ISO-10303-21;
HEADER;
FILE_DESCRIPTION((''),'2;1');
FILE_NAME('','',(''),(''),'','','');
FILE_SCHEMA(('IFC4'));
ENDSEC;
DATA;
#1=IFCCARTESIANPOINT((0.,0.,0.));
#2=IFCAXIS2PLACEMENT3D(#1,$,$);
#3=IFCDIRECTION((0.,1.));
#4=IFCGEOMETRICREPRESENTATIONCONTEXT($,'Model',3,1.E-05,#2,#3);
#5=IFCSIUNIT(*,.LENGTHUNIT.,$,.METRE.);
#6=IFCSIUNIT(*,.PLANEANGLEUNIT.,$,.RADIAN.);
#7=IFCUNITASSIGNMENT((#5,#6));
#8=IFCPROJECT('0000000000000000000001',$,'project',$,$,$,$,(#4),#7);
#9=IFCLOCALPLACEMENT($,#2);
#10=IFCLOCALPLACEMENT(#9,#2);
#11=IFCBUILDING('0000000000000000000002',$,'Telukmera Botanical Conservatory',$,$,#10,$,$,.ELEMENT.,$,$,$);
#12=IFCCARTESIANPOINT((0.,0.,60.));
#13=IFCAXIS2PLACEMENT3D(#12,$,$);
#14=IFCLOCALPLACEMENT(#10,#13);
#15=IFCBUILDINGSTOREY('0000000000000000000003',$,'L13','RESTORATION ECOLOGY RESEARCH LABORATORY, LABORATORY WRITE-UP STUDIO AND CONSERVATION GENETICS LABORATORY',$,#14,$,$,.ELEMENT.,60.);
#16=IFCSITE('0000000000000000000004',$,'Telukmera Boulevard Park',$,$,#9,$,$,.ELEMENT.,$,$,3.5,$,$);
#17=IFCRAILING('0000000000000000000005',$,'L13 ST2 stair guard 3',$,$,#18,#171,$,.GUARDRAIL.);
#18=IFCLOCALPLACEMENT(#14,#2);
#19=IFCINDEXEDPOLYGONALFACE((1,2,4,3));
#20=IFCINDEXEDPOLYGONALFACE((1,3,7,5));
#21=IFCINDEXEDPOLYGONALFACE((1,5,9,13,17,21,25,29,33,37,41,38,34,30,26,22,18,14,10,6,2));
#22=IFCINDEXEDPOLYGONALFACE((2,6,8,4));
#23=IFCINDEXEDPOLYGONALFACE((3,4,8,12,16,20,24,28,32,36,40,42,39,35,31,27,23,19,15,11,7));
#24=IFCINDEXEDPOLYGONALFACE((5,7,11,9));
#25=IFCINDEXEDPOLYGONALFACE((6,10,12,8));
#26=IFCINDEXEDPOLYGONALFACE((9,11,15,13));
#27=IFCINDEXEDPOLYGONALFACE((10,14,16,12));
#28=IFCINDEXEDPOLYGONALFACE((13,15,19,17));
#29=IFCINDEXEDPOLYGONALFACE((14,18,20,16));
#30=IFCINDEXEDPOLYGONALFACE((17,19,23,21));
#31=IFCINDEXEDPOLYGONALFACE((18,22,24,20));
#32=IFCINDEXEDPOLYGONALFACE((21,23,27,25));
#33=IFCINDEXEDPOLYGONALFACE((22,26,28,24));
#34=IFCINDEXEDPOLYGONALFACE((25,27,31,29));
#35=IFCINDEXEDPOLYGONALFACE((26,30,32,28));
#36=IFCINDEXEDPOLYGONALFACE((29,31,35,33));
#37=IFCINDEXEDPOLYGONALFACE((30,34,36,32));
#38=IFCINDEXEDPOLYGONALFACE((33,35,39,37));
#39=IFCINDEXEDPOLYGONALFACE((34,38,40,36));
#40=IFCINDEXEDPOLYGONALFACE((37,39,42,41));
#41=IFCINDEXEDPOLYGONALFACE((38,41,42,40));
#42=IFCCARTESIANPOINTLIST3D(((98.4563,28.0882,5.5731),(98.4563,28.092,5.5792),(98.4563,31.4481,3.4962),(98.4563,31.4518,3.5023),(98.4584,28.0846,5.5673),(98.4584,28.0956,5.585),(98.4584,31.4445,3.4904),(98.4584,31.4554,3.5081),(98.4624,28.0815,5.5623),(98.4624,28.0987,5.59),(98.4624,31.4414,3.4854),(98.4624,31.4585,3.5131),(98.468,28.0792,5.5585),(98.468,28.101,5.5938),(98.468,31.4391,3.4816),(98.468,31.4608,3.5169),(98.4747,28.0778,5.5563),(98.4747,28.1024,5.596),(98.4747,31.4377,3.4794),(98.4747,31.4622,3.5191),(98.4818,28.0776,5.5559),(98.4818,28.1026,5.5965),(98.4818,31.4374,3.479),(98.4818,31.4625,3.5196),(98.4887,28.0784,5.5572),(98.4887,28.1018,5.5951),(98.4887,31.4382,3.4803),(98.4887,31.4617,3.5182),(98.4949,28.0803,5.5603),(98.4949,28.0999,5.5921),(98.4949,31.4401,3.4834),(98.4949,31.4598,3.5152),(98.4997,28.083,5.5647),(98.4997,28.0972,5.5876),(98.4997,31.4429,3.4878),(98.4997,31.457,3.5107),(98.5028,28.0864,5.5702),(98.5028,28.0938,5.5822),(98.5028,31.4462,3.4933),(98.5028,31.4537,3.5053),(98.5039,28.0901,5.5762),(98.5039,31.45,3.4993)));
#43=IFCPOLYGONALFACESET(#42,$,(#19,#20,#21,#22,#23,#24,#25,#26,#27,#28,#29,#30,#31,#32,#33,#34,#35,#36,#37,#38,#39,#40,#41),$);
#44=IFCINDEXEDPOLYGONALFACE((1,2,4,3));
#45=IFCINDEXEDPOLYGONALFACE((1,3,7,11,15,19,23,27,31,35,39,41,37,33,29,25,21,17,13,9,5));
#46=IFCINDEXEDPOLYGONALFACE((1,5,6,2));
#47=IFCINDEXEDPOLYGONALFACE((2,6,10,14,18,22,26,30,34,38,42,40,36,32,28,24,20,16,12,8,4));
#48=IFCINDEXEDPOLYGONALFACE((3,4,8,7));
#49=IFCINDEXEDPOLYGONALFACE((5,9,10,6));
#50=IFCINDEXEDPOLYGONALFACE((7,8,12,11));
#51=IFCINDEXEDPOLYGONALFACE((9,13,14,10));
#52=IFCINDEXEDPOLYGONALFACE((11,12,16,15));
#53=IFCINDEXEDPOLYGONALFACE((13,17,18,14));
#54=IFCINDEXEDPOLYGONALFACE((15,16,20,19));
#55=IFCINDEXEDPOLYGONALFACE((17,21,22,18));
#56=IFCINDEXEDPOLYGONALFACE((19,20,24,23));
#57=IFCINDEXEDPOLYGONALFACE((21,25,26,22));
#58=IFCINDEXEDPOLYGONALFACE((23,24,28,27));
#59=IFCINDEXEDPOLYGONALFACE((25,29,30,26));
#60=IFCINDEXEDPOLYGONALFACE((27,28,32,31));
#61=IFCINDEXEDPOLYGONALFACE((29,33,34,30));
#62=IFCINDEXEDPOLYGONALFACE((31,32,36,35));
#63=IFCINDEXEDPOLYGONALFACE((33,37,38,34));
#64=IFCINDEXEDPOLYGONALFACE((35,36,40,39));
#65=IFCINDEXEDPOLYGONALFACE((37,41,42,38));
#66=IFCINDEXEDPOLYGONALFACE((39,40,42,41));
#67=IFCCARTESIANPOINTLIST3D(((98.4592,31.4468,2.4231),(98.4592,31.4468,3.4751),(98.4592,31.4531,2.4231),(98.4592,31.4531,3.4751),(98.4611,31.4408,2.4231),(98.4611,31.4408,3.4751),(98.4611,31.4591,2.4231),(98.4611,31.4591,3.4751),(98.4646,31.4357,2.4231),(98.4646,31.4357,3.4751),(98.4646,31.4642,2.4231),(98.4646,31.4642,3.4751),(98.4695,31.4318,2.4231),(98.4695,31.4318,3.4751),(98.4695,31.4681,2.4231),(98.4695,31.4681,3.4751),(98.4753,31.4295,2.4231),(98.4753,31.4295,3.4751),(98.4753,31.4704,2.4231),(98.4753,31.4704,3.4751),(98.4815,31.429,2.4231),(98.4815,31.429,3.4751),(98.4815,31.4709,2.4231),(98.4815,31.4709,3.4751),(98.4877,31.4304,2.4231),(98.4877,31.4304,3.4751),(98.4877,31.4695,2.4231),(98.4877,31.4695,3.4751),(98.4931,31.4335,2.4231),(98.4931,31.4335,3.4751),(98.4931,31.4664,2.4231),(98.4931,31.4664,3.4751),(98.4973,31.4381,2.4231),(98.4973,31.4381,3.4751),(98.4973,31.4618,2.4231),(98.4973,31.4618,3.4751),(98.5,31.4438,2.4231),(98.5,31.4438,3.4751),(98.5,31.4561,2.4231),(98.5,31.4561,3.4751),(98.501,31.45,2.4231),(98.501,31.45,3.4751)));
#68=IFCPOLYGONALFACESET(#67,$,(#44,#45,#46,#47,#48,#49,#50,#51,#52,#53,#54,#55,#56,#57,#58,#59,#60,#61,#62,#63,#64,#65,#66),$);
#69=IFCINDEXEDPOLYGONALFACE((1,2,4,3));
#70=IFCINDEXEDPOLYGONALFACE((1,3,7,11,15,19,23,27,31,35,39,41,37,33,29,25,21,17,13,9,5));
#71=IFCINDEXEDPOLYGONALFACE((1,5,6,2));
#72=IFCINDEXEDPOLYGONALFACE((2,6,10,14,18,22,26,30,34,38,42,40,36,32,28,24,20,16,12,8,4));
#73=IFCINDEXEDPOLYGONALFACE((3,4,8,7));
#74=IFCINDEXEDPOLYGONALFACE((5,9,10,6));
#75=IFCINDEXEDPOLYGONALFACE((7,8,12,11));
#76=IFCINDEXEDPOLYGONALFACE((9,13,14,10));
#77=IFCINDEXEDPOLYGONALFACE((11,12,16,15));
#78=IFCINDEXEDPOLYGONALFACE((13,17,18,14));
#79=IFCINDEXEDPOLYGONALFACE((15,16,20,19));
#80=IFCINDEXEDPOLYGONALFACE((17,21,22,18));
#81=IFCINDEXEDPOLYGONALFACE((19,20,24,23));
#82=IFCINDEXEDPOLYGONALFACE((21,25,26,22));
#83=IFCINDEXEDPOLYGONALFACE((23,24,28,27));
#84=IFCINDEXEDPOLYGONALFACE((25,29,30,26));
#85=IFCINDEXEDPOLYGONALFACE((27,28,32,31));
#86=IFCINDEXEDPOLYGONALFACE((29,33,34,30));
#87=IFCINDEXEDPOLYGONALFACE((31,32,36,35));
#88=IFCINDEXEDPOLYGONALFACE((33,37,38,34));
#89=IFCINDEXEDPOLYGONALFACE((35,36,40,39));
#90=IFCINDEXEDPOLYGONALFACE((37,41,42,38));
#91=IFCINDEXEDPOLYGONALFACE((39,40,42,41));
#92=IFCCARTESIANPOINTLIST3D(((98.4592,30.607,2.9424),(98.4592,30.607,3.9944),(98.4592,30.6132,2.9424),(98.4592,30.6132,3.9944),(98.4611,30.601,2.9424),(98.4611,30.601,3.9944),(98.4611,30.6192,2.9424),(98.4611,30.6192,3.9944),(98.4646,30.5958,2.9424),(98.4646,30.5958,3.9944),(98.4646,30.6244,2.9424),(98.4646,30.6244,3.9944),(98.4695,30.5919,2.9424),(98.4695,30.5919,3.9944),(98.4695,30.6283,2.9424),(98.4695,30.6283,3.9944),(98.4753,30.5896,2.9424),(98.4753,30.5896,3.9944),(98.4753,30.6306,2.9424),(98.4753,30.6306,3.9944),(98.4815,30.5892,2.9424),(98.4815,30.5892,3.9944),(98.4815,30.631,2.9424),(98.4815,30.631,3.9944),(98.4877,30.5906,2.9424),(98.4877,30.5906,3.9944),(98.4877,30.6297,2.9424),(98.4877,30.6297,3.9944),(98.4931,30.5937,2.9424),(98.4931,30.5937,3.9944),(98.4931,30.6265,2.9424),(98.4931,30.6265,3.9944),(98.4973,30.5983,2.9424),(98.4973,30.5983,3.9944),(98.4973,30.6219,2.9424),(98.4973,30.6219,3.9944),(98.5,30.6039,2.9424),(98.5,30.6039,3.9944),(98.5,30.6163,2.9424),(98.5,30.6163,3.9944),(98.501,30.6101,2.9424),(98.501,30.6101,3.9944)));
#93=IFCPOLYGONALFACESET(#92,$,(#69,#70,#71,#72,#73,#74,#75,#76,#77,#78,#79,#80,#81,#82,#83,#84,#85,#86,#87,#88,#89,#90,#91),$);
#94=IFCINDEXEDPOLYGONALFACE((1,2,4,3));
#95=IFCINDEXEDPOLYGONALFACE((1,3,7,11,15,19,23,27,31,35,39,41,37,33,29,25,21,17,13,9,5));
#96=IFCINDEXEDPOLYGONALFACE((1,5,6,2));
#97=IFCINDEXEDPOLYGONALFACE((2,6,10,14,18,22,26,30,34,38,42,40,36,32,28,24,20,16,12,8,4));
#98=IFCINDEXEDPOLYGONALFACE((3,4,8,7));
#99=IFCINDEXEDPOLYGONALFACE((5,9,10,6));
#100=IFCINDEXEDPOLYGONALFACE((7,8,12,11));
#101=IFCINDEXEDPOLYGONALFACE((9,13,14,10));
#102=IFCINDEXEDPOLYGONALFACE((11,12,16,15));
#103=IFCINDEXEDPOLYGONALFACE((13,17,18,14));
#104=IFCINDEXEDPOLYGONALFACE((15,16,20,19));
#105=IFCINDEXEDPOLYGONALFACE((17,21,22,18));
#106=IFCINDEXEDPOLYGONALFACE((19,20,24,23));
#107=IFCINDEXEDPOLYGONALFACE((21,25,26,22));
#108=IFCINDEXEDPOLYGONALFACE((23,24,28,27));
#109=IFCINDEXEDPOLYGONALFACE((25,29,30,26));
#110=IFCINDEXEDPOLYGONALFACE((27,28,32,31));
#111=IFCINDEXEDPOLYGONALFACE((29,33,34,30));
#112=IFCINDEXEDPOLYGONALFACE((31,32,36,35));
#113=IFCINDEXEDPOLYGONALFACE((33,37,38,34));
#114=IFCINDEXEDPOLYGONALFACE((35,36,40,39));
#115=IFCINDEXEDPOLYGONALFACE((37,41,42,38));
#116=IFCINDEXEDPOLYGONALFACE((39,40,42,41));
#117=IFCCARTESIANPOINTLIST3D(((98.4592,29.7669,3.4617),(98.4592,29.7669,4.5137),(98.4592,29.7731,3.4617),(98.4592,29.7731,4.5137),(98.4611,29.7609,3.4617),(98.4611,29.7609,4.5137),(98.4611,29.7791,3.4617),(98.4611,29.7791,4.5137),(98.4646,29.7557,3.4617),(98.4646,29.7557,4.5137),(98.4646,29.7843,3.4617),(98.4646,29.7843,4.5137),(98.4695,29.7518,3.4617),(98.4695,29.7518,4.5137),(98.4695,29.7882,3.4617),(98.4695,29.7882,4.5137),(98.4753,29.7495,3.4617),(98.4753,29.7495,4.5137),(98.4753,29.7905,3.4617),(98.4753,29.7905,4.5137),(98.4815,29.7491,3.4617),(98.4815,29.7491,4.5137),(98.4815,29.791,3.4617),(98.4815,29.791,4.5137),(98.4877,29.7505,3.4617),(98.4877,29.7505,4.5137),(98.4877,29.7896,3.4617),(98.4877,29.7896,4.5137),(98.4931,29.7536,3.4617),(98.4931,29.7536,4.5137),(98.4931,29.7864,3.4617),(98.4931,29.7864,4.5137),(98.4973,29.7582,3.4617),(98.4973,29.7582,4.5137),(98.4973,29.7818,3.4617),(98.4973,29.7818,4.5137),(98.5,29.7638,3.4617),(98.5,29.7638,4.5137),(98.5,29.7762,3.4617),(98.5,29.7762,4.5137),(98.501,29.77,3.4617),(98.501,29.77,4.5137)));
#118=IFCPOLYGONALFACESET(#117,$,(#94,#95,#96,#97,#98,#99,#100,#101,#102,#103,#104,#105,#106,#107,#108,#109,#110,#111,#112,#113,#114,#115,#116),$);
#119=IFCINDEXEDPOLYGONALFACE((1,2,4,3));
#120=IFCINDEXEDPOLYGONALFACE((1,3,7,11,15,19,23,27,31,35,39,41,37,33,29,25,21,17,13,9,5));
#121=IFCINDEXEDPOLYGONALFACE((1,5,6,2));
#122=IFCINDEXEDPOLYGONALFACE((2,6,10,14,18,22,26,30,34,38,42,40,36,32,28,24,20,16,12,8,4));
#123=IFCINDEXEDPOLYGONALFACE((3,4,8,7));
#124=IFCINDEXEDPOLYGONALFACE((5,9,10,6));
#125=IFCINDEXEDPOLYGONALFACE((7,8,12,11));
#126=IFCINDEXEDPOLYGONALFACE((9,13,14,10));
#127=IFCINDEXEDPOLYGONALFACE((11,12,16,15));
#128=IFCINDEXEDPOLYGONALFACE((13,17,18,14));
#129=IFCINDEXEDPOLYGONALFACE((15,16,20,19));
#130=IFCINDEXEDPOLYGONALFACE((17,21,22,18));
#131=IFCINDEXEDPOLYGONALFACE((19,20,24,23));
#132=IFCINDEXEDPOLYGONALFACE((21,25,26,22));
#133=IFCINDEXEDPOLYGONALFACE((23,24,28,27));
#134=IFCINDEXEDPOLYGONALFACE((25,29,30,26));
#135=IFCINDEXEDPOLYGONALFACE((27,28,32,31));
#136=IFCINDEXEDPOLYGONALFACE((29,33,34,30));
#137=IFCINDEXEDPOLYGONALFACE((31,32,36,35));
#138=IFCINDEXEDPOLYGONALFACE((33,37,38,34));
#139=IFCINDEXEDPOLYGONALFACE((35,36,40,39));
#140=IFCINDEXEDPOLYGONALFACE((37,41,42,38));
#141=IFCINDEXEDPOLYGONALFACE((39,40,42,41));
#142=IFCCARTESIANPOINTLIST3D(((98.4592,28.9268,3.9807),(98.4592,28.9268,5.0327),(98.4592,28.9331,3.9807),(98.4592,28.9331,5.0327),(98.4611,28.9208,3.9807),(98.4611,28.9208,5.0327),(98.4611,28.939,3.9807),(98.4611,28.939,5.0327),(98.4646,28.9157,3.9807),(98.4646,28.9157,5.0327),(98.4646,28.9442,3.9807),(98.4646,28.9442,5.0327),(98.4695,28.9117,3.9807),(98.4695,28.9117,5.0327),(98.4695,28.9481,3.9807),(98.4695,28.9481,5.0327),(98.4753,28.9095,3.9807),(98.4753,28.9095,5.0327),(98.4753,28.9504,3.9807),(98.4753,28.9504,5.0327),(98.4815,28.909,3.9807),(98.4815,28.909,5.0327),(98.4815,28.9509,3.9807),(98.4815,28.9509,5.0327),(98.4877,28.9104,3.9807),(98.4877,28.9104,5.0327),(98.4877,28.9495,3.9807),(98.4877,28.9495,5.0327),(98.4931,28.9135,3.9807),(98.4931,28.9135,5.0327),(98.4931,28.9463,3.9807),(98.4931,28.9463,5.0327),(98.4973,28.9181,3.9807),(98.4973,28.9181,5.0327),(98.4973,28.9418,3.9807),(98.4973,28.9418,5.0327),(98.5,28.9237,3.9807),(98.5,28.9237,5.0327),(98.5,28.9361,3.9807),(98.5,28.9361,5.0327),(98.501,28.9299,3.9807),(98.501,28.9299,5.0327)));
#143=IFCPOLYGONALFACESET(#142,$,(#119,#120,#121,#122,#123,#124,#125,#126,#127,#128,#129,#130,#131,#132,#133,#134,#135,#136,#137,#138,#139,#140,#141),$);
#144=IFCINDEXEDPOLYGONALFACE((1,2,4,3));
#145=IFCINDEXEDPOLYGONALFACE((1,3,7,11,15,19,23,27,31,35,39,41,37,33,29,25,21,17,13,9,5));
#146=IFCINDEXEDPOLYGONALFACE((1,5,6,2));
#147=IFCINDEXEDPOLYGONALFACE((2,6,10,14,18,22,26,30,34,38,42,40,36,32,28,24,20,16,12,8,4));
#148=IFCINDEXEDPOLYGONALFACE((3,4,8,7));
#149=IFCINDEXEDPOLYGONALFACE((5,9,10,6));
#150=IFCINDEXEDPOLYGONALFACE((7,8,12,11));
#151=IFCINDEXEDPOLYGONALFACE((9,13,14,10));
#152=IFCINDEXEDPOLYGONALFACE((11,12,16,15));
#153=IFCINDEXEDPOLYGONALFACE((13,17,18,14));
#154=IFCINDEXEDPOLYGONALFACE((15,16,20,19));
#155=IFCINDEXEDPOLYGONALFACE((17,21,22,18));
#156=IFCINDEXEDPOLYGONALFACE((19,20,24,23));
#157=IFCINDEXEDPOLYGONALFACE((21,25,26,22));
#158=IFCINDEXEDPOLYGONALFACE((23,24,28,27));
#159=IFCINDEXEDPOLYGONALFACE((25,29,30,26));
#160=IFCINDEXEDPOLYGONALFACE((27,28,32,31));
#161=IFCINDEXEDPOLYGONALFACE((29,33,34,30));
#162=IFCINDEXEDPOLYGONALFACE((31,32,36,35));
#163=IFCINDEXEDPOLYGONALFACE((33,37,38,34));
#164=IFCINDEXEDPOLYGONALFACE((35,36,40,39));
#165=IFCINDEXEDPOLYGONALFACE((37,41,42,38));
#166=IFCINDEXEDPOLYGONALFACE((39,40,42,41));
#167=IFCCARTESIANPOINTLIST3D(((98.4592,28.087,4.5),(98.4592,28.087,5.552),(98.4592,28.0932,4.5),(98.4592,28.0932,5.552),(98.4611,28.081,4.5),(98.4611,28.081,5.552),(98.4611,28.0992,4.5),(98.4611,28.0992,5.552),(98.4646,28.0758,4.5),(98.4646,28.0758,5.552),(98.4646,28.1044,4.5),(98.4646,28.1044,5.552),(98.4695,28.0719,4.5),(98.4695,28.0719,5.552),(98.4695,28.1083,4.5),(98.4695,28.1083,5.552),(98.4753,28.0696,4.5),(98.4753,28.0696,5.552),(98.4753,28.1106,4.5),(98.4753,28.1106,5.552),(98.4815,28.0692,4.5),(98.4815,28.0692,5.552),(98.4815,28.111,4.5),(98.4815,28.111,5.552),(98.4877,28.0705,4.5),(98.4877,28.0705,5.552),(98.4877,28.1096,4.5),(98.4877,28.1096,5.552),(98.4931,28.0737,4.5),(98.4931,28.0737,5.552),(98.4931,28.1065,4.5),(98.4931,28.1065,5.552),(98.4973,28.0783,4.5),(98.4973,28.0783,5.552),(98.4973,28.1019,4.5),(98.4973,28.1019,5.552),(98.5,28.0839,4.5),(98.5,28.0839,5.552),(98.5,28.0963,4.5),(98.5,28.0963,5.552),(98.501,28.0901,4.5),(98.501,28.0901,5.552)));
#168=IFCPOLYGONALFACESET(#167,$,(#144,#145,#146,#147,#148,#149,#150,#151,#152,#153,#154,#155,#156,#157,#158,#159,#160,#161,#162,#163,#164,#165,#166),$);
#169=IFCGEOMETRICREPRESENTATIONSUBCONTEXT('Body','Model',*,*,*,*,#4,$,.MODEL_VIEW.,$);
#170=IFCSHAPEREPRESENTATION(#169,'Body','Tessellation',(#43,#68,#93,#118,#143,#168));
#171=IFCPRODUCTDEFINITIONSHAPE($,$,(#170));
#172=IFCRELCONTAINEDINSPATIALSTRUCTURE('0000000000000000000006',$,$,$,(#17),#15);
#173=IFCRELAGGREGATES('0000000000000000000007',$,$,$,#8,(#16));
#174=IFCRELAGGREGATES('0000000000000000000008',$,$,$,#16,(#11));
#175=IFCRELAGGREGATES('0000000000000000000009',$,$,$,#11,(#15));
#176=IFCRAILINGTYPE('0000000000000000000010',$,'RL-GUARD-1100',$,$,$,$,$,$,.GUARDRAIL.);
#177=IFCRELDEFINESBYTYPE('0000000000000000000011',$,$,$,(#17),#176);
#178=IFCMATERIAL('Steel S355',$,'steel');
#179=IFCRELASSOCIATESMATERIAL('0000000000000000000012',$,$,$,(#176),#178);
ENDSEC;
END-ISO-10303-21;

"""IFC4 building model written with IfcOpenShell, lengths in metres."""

from ifc_helpers import new_model, si_unit, direction, frame, origin, origin_2d, place, context, subcontext, project, spatial, circle, extrude, material, type_object, element, save


model = new_model("IFC4")

# Units and contexts
model_context = context("Model", 3, precision=1e-05, world=origin(), true_north=direction((0.0, 1.0)))
body_context = subcontext(model_context, "Body", "Model", "MODEL_VIEW")
ifc_project = project(units=[si_unit("LENGTHUNIT", "METRE"), si_unit("PLANEANGLEUNIT", "RADIAN")], contexts=[model_context])

# Site, building, storey
site_placement = place(None, origin())
site = spatial("IfcSite", under=ifc_project, at=site_placement, Name="Telukmera Boulevard Park", CompositionType="ELEMENT", RefElevation=3.5)
building_placement = place(site_placement, origin())
building = spatial("IfcBuilding", under=site, at=building_placement, Name="Telukmera Botanical Conservatory", CompositionType="ELEMENT")
storey_placement = place(building_placement, frame((0.0, 0.0, 60.0)))
storey = spatial("IfcBuildingStorey", under=building, at=storey_placement, Name="L13", Description="RESTORATION ECOLOGY RESEARCH LABORATORY, LABORATORY WRITE-UP STUDIO AND CONSERVATION GENETICS LABORATORY", CompositionType="ELEMENT", Elevation=60.0)

# Railing
ifc_material_1 = material(Name="Steel S355", Category="steel")
railing_type_1 = type_object("IfcRailingType", Name="RL-GUARD-1100", PredefinedType="GUARDRAIL", material=ifc_material_1)
railing_1_placement = place(storey_placement, frame((98.48, 31.45, 2.4231)))
element("IfcRailing", 1, at=railing_1_placement, inside=storey, type_object=railing_type_1, Name="L13 ST2 stair guard 3", PredefinedType="GUARDRAIL", context=body_context, shape_type="SweptSolid", body=[
    extrude(circle(Radius=0.0239, at=origin_2d()), frame((0.0, 0.0, 1.0762), z_axis=(0.0, -0.850606, 0.525803), x_axis=(1.0, 0.0, 0.0)), (0.0, 0.0, 1.0), 3.95),
    extrude(circle(Radius=0.021, at=origin_2d()), origin(), (0.0, 0.0, 1.0), 1.052),
    extrude(circle(Radius=0.021, at=origin_2d()), frame((0.0, -0.8398, 0.5193)), (0.0, 0.0, 1.0), 1.052),
    extrude(circle(Radius=0.021, at=origin_2d()), frame((0.0, -1.6799, 1.0386)), (0.0, 0.0, 1.0), 1.052),
    extrude(circle(Radius=0.021, at=origin_2d()), frame((0.0, -2.52, 1.5576)), (0.0, 0.0, 1.0), 1.052),
    extrude(circle(Radius=0.021, at=origin_2d()), frame((0.0, -3.3599, 2.0769)), (0.0, 0.0, 1.0), 1.052),
])

save(model, "model.ifc")
